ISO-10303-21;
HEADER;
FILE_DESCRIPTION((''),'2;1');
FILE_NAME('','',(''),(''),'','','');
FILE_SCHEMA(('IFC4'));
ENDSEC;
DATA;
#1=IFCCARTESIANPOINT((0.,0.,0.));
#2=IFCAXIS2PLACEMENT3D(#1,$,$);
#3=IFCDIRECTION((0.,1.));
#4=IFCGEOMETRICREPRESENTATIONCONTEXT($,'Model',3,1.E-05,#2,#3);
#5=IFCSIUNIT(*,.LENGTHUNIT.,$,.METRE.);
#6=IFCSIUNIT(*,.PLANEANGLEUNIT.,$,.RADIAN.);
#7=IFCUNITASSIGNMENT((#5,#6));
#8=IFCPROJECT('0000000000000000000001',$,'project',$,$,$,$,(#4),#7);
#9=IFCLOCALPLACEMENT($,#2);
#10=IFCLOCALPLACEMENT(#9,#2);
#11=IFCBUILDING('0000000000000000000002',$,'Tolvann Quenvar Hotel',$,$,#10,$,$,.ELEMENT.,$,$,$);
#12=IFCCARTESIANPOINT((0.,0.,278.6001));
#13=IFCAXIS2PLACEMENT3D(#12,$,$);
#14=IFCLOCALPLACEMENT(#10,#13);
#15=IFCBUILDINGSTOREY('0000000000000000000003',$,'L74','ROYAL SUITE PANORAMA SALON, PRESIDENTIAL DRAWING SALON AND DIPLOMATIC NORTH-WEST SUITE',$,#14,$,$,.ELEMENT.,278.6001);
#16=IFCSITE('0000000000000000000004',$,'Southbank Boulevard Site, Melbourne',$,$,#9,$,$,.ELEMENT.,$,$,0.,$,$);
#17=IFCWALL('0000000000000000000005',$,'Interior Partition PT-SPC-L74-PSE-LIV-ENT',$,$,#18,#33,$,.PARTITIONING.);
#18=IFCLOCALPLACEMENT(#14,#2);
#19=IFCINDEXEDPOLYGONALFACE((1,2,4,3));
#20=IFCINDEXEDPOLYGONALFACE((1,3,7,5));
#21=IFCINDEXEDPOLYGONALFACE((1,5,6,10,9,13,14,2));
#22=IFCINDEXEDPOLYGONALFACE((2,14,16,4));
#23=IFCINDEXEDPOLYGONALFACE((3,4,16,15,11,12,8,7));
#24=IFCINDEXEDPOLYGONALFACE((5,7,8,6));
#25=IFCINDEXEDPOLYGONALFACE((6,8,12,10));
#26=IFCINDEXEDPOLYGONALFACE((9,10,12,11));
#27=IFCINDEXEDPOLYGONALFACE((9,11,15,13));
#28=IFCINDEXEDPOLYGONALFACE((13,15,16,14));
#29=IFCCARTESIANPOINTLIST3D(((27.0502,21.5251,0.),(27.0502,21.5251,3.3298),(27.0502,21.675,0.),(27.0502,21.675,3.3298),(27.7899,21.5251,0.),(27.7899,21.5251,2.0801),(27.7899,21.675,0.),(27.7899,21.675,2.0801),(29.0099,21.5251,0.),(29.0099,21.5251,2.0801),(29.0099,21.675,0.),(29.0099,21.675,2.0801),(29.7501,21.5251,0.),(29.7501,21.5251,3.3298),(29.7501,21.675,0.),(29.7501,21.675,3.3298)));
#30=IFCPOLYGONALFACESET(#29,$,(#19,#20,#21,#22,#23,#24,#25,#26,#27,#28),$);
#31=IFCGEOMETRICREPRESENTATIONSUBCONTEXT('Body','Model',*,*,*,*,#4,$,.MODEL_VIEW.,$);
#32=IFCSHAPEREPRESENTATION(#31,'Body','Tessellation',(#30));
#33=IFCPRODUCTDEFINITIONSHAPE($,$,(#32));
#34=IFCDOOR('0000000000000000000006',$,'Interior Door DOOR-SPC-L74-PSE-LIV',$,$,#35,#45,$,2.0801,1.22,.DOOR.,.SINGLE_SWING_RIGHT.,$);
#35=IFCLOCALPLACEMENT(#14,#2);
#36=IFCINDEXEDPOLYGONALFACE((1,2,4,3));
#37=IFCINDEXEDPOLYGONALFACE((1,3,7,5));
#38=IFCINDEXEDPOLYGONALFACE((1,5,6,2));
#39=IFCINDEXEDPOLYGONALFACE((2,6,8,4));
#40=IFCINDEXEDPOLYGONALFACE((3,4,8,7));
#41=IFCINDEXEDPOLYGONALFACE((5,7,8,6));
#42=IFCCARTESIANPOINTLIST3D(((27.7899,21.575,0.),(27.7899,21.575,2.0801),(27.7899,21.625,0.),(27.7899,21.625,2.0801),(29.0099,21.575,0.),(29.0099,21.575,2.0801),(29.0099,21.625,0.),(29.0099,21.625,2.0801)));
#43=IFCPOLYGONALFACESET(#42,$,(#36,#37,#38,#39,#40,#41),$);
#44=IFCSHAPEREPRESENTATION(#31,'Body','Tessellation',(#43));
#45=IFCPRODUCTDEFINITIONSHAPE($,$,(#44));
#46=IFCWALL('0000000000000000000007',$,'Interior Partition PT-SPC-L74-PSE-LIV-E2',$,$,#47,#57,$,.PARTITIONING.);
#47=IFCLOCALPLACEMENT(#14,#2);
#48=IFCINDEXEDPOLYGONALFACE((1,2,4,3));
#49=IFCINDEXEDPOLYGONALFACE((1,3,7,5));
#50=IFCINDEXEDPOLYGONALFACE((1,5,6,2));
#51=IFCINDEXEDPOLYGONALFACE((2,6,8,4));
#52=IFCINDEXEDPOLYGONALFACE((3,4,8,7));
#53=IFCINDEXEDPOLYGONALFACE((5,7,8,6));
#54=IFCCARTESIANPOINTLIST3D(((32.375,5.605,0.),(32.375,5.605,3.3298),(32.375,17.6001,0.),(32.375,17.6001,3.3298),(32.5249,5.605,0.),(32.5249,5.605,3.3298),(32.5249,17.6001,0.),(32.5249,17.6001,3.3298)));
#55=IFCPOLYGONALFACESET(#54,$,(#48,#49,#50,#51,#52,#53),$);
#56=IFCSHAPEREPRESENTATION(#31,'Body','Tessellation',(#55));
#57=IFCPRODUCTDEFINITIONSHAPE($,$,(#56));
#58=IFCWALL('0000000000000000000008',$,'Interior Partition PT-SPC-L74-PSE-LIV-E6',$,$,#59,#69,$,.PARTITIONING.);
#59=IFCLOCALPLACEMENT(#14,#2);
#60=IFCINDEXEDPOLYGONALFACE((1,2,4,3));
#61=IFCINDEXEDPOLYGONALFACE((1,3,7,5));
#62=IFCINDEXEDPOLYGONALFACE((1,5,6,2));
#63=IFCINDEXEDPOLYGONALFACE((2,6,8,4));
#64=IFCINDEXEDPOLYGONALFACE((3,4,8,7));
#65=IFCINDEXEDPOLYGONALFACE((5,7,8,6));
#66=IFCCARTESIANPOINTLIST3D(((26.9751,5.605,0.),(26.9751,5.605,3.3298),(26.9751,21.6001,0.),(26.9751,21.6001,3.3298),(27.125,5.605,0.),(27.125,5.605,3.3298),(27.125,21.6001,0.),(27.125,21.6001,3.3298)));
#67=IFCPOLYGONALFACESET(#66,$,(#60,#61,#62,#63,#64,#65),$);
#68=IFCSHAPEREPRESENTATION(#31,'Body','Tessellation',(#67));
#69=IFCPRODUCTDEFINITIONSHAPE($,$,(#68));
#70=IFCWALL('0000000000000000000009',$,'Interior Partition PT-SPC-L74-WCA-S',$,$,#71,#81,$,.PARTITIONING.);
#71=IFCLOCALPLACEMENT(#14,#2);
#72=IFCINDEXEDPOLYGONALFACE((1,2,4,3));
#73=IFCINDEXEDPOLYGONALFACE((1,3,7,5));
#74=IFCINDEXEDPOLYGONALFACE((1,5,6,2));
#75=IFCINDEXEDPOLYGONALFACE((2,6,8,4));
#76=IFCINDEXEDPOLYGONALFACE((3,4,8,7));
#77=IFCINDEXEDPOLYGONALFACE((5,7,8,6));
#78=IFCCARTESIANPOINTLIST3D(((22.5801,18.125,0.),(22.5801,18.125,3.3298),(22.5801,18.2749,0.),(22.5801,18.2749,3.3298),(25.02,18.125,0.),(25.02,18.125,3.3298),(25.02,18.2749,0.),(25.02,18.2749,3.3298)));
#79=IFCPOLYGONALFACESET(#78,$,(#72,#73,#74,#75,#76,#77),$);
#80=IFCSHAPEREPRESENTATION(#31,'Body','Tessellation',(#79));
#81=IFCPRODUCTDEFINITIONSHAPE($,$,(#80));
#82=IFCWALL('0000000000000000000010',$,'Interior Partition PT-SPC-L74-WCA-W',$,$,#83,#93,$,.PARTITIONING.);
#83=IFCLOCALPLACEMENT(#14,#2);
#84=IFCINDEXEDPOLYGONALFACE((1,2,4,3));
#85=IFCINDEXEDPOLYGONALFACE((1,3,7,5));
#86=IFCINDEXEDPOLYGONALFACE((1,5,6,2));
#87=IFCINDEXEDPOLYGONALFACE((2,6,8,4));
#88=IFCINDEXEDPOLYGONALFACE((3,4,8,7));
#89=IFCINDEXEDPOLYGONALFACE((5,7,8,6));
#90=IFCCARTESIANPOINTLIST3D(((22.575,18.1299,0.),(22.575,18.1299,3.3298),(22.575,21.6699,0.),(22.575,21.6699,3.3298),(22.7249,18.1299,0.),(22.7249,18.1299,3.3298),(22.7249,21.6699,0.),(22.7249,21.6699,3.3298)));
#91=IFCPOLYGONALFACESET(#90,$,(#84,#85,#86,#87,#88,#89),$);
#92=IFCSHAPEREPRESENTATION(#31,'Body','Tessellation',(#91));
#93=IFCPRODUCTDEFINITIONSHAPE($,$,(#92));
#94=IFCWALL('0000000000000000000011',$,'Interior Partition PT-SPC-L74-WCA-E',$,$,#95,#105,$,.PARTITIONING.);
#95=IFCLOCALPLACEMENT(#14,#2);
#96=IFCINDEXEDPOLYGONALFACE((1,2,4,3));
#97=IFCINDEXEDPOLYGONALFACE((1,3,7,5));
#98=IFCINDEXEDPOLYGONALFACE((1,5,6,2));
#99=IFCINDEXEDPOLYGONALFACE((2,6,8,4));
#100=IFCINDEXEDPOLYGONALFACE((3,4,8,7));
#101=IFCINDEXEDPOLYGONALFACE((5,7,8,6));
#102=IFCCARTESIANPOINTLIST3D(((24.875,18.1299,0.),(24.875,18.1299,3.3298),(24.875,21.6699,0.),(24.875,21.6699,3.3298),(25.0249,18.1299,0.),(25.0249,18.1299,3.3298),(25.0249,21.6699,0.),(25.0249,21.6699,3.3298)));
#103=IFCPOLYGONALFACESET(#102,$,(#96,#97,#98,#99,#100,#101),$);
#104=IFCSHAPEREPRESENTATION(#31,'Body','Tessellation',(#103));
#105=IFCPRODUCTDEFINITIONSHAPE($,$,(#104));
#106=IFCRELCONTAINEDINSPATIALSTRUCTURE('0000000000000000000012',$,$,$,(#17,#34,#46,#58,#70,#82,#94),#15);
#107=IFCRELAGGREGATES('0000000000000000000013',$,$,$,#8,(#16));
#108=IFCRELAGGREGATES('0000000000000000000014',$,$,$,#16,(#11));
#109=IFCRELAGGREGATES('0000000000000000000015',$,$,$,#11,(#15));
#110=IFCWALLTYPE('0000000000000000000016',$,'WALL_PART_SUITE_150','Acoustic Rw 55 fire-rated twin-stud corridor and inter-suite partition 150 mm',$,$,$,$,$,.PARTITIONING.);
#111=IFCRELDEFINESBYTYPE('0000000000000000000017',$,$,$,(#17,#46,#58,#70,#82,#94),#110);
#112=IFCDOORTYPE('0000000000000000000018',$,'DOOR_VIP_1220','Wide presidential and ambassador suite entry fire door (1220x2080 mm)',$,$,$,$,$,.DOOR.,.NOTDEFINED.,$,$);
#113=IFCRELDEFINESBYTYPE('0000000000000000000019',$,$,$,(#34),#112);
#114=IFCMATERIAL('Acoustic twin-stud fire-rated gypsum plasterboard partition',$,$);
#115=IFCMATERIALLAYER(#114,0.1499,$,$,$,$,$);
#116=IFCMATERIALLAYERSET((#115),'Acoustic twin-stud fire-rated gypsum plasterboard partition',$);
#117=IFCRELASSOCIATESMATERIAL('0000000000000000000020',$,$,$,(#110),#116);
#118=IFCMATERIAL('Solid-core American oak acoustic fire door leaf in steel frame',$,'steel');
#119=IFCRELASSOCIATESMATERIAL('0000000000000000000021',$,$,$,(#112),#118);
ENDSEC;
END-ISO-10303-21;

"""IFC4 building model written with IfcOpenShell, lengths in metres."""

from ifc_helpers import new_model, si_unit, direction, frame, frame_2d, origin, place, context, subcontext, project, spatial, rectangle, extrude, source, transform, mapped, material, layer, layer_set, type_object, type_shapes, element, fill, save


model = new_model("IFC4")

# Units and contexts
model_context = context("Model", 3, precision=1e-05, world=origin(), true_north=direction((0.0, 1.0)))
body_context = subcontext(model_context, "Body", "Model", "MODEL_VIEW")
ifc_project = project(units=[si_unit("LENGTHUNIT", "METRE"), si_unit("PLANEANGLEUNIT", "RADIAN")], contexts=[model_context])

# Site, building, storey
site_placement = place(None, origin())
site = spatial("IfcSite", under=ifc_project, at=site_placement, Name="Southbank Boulevard Site, Melbourne", CompositionType="ELEMENT", RefElevation=0.0)
building_placement = place(site_placement, origin())
building = spatial("IfcBuilding", under=site, at=building_placement, Name="Tolvann Quenvar Hotel", CompositionType="ELEMENT")
storey_placement = place(building_placement, frame((0.0, 0.0, 278.6001)))
storey = spatial("IfcBuildingStorey", under=building, at=storey_placement, Name="L74", Description="ROYAL SUITE PANORAMA SALON, PRESIDENTIAL DRAWING SALON AND DIPLOMATIC NORTH-WEST SUITE", CompositionType="ELEMENT", Elevation=278.6001)

# Shared definitions
ifc_material_1 = material(Name="Acoustic twin-stud fire-rated gypsum plasterboard partition")
ifc_layer_1 = layer(ifc_material_1, 0.1499)
ifc_layer_set_1 = layer_set([ifc_layer_1], Name="Acoustic twin-stud fire-rated gypsum plasterboard partition")
wall_type_1 = type_object("IfcWallType", Name="WALL_PART_SUITE_150", Description="Acoustic Rw 55 fire-rated twin-stud corridor and inter-suite partition 150 mm", PredefinedType="PARTITIONING", material=ifc_layer_set_1)
ifc_material_2 = material(Name="Solid-core American oak acoustic fire door leaf in steel frame", Category="steel")

# Wall, opening, door
wall_1_placement = place(storey_placement, frame((27.05, 21.6001, 0.0), z_axis=(0.0, 0.0, 1.0), x_axis=(1.0, 0.0, 0.0)))
wall_1 = element("IfcWall", 1, at=wall_1_placement, inside=storey, type_object=wall_type_1, Name="Interior Partition PT-SPC-L74-PSE-LIV-ENT", PredefinedType="PARTITIONING", context=body_context, shape_type="SweptSolid", body=[
    extrude(rectangle(XDim=2.7, YDim=0.1499, at=frame_2d((1.3501, 0.0))), origin(), (0.0, 0.0, 1.0), 3.3298),
])
opening_1_placement = place(wall_1_placement, frame((0.74, 0.0, 0.0)))
opening_1 = element("IfcOpeningElement", 2, at=opening_1_placement, cuts=wall_1, PredefinedType="OPENING", context=body_context, shape_type="SweptSolid", body=[
    extrude(rectangle(XDim=1.22, YDim=2.0801, at=frame_2d((0.6099, 1.04))), frame((0.0, 0.085, 0.0), z_axis=(0.0, -1.0, 0.0), x_axis=(1.0, 0.0, 0.0)), (0.0, 0.0, 1.0), 0.1699),
])
door_type_1 = type_object("IfcDoorType", Name="DOOR_VIP_1220", Description="Wide presidential and ambassador suite entry fire door (1220x2080 mm)", OperationType="NOTDEFINED", PredefinedType="DOOR", material=ifc_material_2)
shared_shape_1 = source(origin(), body_context, "Body", "SweptSolid", [
    extrude(rectangle(XDim=1.22, YDim=2.0801, at=frame_2d((0.6099, 1.04))), frame((0.0, 0.0249, 0.0), z_axis=(0.0, -1.0, 0.0), x_axis=(1.0, 0.0, 0.0)), (0.0, 0.0, 1.0), 0.05),
])
type_shapes(door_type_1, [shared_shape_1])
door_1_placement = place(opening_1_placement, origin())
door_1 = element("IfcDoor", 3, at=door_1_placement, inside=storey, type_object=door_type_1, Name="Interior Door DOOR-SPC-L74-PSE-LIV", OperationType="SINGLE_SWING_RIGHT", OverallHeight=2.0801, OverallWidth=1.22, PredefinedType="DOOR", context=body_context, shape_type="MappedRepresentation", body=[
    mapped(shared_shape_1, transform((0.0, 0.0, 0.0), x_axis=(1.0, 0.0, 0.0), y_axis=(0.0, 1.0, 0.0), z_axis=(0.0, 0.0, 1.0), scale=1.0)),
])
fill(opening_1, door_1)

# Walls
wall_2_placement = place(storey_placement, frame((32.45, 5.605, 0.0), z_axis=(0.0, 0.0, 1.0), x_axis=(0.0, 1.0, 0.0)))
element("IfcWall", 4, at=wall_2_placement, inside=storey, type_object=wall_type_1, Name="Interior Partition PT-SPC-L74-PSE-LIV-E2", PredefinedType="PARTITIONING", context=body_context, shape_type="SweptSolid", body=[
    extrude(rectangle(XDim=11.9951, YDim=0.1499, at=frame_2d((5.9976, 0.0))), origin(), (0.0, 0.0, 1.0), 3.3298),
])
wall_3_placement = place(storey_placement, frame((27.05, 5.605, 0.0), z_axis=(0.0, 0.0, 1.0), x_axis=(0.0, 1.0, 0.0)))
element("IfcWall", 5, at=wall_3_placement, inside=storey, type_object=wall_type_1, Name="Interior Partition PT-SPC-L74-PSE-LIV-E6", PredefinedType="PARTITIONING", context=body_context, shape_type="SweptSolid", body=[
    extrude(rectangle(XDim=15.9951, YDim=0.1499, at=frame_2d((7.9976, 0.0))), origin(), (0.0, 0.0, 1.0), 3.3298),
])
wall_4_placement = place(storey_placement, frame((22.5801, 18.2, 0.0), z_axis=(0.0, 0.0, 1.0), x_axis=(1.0, 0.0, 0.0)))
element("IfcWall", 6, at=wall_4_placement, inside=storey, type_object=wall_type_1, Name="Interior Partition PT-SPC-L74-WCA-S", PredefinedType="PARTITIONING", context=body_context, shape_type="SweptSolid", body=[
    extrude(rectangle(XDim=2.4399, YDim=0.1499, at=frame_2d((1.22, 0.0))), origin(), (0.0, 0.0, 1.0), 3.3298),
])
for number, where, z_axis, x_axis, name in (
    (7, (22.6499, 18.1299, 0.0), (0.0, 0.0, 1.0), (0.0, 1.0, 0.0), "Interior Partition PT-SPC-L74-WCA-W"),
    (8, (24.95, 18.1299, 0.0), (0.0, 0.0, 1.0), (0.0, 1.0, 0.0), "Interior Partition PT-SPC-L74-WCA-E"),
):
    element("IfcWall", number, at=place(storey_placement, frame(where, z_axis=z_axis, x_axis=x_axis)), inside=storey, type_object=wall_type_1, Name=name, PredefinedType="PARTITIONING", context=body_context, shape_type="SweptSolid", body=[
        extrude(rectangle(XDim=3.54, YDim=0.1499, at=frame_2d((1.77, 0.0))), origin(), (0.0, 0.0, 1.0), 3.3298),
    ])

save(model, "model.ifc")
